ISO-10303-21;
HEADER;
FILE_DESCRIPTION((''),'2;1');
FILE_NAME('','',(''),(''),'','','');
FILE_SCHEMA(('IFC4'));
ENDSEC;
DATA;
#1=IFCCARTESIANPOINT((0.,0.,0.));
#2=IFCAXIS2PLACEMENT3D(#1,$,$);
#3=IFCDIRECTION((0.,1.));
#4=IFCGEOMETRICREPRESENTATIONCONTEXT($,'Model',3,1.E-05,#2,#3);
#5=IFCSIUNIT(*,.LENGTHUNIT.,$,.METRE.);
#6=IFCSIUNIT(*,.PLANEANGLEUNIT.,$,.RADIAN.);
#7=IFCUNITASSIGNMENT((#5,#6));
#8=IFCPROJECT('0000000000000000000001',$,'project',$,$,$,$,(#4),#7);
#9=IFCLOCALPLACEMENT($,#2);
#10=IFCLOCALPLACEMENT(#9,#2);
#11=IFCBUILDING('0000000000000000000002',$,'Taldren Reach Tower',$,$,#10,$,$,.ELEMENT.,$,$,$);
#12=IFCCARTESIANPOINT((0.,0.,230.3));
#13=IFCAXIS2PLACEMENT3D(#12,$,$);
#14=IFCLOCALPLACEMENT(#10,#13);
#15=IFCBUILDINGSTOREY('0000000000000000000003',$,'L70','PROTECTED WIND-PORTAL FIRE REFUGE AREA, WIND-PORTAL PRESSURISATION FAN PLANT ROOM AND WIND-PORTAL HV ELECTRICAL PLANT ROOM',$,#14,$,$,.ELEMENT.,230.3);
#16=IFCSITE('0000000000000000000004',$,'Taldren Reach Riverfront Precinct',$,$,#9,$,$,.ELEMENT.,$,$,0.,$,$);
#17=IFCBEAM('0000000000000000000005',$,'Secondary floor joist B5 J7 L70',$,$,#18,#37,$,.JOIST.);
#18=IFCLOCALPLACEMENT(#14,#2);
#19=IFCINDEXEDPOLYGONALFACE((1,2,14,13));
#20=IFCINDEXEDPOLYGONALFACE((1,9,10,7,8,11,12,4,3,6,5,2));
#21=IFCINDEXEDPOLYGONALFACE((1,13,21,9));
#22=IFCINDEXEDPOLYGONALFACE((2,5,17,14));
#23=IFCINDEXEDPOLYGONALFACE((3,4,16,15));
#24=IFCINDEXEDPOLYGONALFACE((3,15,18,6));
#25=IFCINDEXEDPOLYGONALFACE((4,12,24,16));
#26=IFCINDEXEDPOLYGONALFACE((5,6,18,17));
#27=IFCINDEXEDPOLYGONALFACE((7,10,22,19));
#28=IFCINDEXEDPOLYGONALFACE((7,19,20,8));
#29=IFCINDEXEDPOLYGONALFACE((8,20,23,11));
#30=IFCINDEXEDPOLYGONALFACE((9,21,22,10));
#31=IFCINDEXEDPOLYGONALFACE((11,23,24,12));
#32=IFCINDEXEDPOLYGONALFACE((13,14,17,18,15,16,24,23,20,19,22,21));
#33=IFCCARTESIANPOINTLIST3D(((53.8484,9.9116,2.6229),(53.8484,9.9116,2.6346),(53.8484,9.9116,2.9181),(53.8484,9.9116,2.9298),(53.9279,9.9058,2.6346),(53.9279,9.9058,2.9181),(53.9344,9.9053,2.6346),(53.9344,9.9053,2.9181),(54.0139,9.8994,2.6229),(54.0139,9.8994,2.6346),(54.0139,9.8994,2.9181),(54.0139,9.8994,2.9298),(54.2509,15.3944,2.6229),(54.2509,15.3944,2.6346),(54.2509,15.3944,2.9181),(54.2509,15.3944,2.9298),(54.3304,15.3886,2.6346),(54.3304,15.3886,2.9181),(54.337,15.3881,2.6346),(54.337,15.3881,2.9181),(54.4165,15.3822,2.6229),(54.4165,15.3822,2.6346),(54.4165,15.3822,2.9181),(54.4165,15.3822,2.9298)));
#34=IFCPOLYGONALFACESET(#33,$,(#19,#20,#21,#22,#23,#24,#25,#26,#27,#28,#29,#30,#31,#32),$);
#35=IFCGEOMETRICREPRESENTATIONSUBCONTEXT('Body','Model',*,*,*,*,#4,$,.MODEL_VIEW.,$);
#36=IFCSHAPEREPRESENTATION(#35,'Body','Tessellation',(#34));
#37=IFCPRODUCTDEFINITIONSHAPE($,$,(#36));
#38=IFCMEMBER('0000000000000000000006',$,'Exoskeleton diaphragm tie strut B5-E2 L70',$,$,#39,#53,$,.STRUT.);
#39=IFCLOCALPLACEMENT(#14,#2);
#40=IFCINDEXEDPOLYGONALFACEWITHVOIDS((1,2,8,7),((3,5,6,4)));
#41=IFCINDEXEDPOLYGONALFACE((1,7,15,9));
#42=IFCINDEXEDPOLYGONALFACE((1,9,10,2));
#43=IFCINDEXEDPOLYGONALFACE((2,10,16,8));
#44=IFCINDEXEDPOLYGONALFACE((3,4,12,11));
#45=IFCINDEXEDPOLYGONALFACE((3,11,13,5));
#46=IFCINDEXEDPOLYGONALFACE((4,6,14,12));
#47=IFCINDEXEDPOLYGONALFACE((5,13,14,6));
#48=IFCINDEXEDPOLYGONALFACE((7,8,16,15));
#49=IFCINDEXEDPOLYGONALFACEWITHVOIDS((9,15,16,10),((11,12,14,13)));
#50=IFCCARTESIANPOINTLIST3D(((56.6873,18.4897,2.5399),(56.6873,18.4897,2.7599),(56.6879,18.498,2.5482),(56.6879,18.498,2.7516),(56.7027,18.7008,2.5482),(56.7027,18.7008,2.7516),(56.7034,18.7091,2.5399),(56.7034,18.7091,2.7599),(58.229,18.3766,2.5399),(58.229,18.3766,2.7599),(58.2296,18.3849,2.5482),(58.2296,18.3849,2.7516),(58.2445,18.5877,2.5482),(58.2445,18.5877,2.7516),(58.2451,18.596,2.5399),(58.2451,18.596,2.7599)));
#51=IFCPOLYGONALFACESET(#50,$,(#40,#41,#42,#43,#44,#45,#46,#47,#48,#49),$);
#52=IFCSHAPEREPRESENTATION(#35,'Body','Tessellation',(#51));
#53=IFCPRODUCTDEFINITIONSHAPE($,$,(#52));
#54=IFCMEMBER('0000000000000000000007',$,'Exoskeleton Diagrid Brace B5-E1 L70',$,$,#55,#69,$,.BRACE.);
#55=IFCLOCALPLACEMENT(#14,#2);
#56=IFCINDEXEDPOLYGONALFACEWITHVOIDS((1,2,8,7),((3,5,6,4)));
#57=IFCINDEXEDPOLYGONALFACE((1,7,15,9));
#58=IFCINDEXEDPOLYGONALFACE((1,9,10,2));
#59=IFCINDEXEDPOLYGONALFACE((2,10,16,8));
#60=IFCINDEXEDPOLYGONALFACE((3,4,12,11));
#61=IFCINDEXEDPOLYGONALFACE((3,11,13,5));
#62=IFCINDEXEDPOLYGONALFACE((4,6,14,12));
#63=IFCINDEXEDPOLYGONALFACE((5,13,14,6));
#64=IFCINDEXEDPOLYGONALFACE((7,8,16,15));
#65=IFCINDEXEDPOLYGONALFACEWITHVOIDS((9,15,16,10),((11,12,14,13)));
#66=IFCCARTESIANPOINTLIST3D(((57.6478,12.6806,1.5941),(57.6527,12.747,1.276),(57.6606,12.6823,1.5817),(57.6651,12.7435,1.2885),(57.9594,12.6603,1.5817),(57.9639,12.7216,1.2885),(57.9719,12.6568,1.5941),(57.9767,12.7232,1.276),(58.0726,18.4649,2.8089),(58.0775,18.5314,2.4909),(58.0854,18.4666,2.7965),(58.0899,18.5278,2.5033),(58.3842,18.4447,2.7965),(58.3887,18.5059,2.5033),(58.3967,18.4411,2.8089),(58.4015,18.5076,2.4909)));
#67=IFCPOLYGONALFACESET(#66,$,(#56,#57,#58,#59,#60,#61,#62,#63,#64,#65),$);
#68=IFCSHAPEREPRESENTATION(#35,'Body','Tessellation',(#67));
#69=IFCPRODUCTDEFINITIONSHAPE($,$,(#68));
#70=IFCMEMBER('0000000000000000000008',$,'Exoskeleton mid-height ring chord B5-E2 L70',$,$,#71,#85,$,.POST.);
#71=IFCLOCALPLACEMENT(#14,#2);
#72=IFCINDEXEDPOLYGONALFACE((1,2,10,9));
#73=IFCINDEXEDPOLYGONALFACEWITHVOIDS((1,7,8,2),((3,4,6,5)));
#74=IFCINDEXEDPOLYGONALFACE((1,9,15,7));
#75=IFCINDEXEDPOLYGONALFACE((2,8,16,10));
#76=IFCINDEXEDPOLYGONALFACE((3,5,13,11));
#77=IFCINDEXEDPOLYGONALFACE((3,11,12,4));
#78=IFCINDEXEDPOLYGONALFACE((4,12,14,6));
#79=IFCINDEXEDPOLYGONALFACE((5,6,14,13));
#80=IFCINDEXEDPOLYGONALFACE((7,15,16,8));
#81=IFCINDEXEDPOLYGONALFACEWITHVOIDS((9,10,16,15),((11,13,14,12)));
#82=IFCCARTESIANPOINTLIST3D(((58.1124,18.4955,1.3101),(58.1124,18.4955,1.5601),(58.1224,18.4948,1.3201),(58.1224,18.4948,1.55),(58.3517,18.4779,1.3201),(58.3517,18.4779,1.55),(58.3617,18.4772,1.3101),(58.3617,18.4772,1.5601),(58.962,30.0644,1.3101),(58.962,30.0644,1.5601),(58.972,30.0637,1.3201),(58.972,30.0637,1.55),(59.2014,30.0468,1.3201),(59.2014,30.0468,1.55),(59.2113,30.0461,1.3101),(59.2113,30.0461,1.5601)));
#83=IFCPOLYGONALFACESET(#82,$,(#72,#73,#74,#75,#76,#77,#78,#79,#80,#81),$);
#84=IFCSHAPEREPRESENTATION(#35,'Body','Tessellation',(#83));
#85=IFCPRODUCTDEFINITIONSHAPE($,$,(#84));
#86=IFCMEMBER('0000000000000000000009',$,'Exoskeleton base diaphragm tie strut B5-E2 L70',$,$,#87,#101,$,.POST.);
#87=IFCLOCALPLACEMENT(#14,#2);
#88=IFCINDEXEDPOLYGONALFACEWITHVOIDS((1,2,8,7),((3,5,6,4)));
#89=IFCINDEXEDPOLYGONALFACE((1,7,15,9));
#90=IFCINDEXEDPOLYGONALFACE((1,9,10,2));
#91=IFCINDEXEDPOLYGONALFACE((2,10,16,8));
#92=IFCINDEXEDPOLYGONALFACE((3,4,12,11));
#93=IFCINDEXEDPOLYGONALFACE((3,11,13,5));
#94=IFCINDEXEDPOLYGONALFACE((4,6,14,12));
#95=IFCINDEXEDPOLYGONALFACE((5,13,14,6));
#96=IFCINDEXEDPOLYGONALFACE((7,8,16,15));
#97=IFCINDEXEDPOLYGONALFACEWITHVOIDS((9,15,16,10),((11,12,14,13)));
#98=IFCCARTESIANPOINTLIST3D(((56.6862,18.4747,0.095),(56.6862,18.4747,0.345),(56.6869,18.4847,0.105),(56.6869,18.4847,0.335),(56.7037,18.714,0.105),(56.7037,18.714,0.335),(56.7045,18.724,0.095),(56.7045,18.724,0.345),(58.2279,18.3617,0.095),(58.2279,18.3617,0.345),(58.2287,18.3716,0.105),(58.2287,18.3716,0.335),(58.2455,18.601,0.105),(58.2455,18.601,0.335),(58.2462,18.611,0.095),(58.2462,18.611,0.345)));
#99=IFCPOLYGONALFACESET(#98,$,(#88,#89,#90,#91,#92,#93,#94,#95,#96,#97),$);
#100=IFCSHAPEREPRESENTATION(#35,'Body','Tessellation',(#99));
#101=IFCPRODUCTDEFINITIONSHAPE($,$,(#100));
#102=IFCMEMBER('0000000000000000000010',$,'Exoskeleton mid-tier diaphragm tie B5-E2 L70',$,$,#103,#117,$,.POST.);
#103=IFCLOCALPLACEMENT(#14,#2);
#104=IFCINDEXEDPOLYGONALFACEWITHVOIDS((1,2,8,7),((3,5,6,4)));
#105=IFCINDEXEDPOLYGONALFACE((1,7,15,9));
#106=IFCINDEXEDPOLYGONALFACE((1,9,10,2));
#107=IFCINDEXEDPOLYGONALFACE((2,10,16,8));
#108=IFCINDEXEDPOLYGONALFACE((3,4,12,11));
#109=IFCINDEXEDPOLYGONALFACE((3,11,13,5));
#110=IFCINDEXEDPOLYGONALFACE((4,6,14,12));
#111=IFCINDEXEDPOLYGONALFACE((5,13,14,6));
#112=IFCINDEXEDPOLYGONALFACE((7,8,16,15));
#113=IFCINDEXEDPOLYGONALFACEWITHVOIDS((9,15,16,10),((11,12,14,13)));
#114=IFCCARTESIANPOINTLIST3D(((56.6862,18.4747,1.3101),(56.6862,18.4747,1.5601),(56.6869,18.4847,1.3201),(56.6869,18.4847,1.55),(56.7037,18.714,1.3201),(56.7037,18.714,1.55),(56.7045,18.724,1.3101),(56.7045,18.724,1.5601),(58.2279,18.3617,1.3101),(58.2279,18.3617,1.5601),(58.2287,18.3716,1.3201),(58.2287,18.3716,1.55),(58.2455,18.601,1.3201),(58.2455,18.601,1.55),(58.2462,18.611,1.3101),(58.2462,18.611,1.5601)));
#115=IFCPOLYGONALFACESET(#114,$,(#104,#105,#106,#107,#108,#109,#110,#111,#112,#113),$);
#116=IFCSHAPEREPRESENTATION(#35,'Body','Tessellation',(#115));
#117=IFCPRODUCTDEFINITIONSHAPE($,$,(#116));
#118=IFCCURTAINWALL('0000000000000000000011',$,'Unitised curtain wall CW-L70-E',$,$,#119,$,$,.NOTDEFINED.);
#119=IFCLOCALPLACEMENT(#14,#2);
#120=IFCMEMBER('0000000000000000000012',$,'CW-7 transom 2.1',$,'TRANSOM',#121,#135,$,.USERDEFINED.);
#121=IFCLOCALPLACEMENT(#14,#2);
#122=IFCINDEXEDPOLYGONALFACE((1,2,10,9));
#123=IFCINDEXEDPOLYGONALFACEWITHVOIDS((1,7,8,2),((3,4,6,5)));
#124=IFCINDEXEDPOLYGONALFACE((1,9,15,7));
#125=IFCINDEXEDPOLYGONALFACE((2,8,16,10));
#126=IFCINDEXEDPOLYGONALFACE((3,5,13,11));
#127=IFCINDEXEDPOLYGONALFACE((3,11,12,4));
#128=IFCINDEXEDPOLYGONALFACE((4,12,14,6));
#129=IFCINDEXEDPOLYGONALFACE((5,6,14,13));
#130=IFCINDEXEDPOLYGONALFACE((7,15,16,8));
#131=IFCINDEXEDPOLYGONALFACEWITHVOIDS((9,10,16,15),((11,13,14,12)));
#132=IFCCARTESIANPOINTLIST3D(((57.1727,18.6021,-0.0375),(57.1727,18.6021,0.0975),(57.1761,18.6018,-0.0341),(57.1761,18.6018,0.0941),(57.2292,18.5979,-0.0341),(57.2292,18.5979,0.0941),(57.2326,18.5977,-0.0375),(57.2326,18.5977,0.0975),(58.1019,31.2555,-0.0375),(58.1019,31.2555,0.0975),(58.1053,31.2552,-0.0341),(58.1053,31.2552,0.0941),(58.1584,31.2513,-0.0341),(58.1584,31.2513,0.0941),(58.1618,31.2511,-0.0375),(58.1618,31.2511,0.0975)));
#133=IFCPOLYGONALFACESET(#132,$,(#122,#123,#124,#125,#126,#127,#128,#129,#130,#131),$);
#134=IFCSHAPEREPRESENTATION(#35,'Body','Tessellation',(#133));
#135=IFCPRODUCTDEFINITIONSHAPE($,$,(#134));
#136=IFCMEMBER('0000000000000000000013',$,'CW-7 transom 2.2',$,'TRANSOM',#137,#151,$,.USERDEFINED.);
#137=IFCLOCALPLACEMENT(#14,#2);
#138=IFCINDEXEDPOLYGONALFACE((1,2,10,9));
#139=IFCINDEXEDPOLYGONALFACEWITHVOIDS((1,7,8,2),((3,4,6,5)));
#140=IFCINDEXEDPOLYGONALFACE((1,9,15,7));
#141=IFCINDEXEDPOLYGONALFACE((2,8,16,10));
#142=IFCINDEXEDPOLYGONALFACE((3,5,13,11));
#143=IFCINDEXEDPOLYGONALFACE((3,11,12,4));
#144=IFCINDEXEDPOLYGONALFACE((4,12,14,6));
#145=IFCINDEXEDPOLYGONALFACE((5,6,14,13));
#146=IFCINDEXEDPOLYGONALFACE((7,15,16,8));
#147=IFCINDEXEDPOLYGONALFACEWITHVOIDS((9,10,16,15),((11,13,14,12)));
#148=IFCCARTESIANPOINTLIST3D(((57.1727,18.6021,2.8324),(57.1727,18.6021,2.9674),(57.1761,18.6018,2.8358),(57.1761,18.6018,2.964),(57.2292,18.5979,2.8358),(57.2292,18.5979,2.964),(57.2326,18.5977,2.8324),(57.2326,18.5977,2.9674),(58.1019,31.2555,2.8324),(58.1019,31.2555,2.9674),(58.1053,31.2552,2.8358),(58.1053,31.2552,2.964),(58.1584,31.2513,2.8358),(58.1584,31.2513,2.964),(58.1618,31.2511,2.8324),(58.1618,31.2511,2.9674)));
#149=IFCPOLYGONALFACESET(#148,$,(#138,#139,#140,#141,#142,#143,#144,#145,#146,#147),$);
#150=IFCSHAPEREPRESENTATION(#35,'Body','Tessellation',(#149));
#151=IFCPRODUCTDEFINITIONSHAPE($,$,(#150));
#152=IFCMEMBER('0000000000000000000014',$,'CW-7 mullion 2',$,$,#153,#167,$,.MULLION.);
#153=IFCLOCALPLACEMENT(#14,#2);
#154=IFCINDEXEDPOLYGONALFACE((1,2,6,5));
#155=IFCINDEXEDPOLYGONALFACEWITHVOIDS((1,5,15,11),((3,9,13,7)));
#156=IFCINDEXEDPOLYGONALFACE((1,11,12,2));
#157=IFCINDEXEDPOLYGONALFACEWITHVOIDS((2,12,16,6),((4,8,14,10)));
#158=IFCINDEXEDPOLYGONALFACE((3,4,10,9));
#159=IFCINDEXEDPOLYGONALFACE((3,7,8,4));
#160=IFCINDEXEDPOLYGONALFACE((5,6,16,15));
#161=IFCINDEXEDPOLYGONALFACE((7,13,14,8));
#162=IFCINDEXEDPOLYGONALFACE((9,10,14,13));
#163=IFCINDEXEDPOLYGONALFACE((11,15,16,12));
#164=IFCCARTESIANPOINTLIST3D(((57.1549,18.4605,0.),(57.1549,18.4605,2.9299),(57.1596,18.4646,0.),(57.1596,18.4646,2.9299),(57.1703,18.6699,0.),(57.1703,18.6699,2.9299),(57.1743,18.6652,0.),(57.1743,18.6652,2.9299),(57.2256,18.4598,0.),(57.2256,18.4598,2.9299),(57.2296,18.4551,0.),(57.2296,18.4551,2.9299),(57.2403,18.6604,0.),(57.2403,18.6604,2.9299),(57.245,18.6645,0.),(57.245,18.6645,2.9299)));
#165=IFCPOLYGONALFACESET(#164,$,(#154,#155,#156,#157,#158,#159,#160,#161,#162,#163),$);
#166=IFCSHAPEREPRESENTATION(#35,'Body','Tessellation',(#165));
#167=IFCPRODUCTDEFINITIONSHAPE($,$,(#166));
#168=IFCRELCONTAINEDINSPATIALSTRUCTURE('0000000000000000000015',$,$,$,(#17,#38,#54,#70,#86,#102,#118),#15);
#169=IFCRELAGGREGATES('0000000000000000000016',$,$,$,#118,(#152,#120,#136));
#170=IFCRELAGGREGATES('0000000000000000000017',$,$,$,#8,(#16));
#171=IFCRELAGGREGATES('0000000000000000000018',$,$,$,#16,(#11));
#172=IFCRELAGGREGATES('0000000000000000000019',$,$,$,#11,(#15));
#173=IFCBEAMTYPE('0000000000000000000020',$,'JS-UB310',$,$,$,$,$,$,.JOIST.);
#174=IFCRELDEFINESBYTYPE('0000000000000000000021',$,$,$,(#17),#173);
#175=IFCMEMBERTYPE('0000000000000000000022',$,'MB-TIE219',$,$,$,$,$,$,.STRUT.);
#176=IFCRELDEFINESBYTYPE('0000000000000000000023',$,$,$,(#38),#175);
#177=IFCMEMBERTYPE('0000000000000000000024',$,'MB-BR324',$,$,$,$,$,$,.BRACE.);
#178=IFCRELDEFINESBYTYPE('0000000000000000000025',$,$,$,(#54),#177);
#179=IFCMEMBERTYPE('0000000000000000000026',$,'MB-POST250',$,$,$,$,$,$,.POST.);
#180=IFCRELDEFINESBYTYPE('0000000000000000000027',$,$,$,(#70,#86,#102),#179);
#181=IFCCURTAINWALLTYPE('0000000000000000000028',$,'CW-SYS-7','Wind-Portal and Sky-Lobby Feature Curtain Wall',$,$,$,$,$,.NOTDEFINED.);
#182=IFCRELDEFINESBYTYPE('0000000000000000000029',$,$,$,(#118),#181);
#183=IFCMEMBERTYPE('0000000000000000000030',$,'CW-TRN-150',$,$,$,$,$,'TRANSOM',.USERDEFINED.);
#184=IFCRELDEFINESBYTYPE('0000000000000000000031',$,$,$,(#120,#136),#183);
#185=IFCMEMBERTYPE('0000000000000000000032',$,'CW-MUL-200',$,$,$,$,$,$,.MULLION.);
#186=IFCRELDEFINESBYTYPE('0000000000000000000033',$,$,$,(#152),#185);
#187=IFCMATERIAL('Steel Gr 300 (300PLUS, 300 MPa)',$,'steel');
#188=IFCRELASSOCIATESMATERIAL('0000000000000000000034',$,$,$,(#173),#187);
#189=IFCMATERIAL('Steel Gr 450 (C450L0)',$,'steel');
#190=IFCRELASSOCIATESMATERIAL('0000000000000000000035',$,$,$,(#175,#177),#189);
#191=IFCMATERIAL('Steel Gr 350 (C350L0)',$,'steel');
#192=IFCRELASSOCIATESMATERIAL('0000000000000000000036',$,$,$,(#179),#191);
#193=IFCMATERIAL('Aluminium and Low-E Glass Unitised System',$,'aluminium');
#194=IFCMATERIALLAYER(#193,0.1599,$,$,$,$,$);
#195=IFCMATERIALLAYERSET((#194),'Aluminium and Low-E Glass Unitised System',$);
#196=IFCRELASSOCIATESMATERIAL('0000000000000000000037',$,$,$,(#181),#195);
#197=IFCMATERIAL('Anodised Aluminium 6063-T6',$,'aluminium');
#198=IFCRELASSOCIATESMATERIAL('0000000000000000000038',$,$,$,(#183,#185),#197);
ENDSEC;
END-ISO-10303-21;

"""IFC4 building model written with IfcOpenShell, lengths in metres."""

from ifc_helpers import new_model, si_unit, direction, frame, origin, origin_2d, place, context, subcontext, project, spatial, hollow_rectangle, i_section, extrude, source, transform, mapped, material, layer, layer_set, material_profile, profile_set, type_object, element, aggregate, save


model = new_model("IFC4")

# Units and contexts
model_context = context("Model", 3, precision=1e-05, world=origin(), true_north=direction((0.0, 1.0)))
body_context = subcontext(model_context, "Body", "Model", "MODEL_VIEW")
ifc_project = project(units=[si_unit("LENGTHUNIT", "METRE"), si_unit("PLANEANGLEUNIT", "RADIAN")], contexts=[model_context])

# Site, building, storey
site_placement = place(None, origin())
site = spatial("IfcSite", under=ifc_project, at=site_placement, Name="Taldren Reach Riverfront Precinct", CompositionType="ELEMENT", RefElevation=0.0)
building_placement = place(site_placement, origin())
building = spatial("IfcBuilding", under=site, at=building_placement, Name="Taldren Reach Tower", CompositionType="ELEMENT")
storey_placement = place(building_placement, frame((0.0, 0.0, 230.3)))
storey = spatial("IfcBuildingStorey", under=building, at=storey_placement, Name="L70", Description="PROTECTED WIND-PORTAL FIRE REFUGE AREA, WIND-PORTAL PRESSURISATION FAN PLANT ROOM AND WIND-PORTAL HV ELECTRICAL PLANT ROOM", CompositionType="ELEMENT", Elevation=230.3)

# Shared definitions
ifc_material_1 = material(Name="Steel Gr 450 (C450L0)", Category="steel")

# Beam
ifc_material_2 = material(Name="Steel Gr 300 (300PLUS, 300 MPa)", Category="steel")
ifc_material_profile_1 = material_profile(ifc_material_2, i_section(OverallWidth=0.166, OverallDepth=0.3069, WebThickness=0.0066, FlangeThickness=0.0117, at=origin_2d()), Name="310UB46.2")
ifc_profile_set_1 = profile_set([ifc_material_profile_1], Name="Steel Gr 300 (300PLUS, 300 MPa)")
beam_type_1 = type_object("IfcBeamType", Name="JS-UB310", PredefinedType="JOIST", material=ifc_profile_set_1)
shared_shape_1 = source(origin(), body_context, "Body", "SweptSolid", [
    extrude(i_section(OverallWidth=0.166, OverallDepth=0.3069, WebThickness=0.0066, FlangeThickness=0.0117, at=origin_2d()), origin(), (0.0, 0.0, 1.0), 5.4976),
])
beam_1_placement = place(storey_placement, frame((53.9312, 9.9055, 2.7764), z_axis=(0.073229, 0.997315, 0.0), x_axis=(-0.997315, 0.073229, 0.0)))
element("IfcBeam", 1, at=beam_1_placement, inside=storey, type_object=beam_type_1, Name="Secondary floor joist B5 J7 L70", PredefinedType="JOIST", context=body_context, shape_type="MappedRepresentation", body=[
    mapped(shared_shape_1, transform((0.0, 0.0, 0.0), scale=1.0)),
])

# Members
ifc_material_profile_2 = material_profile(ifc_material_1, hollow_rectangle(XDim=0.22, YDim=0.22, WallThickness=0.0083, at=origin_2d()), Name="220x220x8.2SHS")
ifc_profile_set_2 = profile_set([ifc_material_profile_2], Name="Steel Gr 450 (C450L0)")
member_type_1 = type_object("IfcMemberType", Name="MB-TIE219", PredefinedType="STRUT", material=ifc_profile_set_2)
shared_shape_2 = source(origin(), body_context, "Body", "SweptSolid", [
    extrude(hollow_rectangle(XDim=0.22, YDim=0.22, WallThickness=0.0083, at=origin_2d()), origin(), (0.0, 0.0, 1.0), 1.5459),
])
member_1_placement = place(storey_placement, frame((56.6953, 18.5994, 2.6499), z_axis=(0.997323, -0.073121, 0.0), x_axis=(0.073121, 0.997323, 0.0)))
element("IfcMember", 2, at=member_1_placement, inside=storey, type_object=member_type_1, Name="Exoskeleton diaphragm tie strut B5-E2 L70", PredefinedType="STRUT", context=body_context, shape_type="MappedRepresentation", body=[
    mapped(shared_shape_2, transform((0.0, 0.0, 0.0), scale=1.0)),
])
ifc_material_profile_3 = material_profile(ifc_material_1, hollow_rectangle(XDim=0.325, YDim=0.325, WallThickness=0.0127, at=origin_2d()), Name="325x325x12.7SHS")
ifc_profile_set_3 = profile_set([ifc_material_profile_3], Name="Steel Gr 450 (C450L0)")
member_type_2 = type_object("IfcMemberType", Name="MB-BR324", PredefinedType="BRACE", material=ifc_profile_set_3)
shared_shape_3 = source(origin(), body_context, "Body", "SweptSolid", [
    extrude(hollow_rectangle(XDim=0.325, YDim=0.325, WallThickness=0.0127, at=origin_2d()), origin(), (0.0, 0.0, 1.0), 5.9258),
])
member_2_placement = place(storey_placement, frame((57.8123, 12.7019, 1.4351), z_axis=(0.071687, 0.976132, 0.205007), x_axis=(-0.997314, 0.073242, 0.0)))
element("IfcMember", 3, at=member_2_placement, inside=storey, type_object=member_type_2, Name="Exoskeleton Diagrid Brace B5-E1 L70", PredefinedType="BRACE", context=body_context, shape_type="MappedRepresentation", body=[
    mapped(shared_shape_3, transform((0.0, 0.0, 0.0), scale=1.0)),
])
ifc_material_3 = material(Name="Steel Gr 350 (C350L0)", Category="steel")
ifc_material_profile_4 = material_profile(ifc_material_3, hollow_rectangle(XDim=0.25, YDim=0.25, WallThickness=0.01, at=origin_2d()), Name="250x250x10.0SHS")
ifc_profile_set_4 = profile_set([ifc_material_profile_4], Name="Steel Gr 350 (C350L0)")
member_type_3 = type_object("IfcMemberType", Name="MB-POST250", PredefinedType="POST", material=ifc_profile_set_4)
shared_shape_4 = source(origin(), body_context, "Body", "SweptSolid", [
    extrude(hollow_rectangle(XDim=0.25, YDim=0.25, WallThickness=0.01, at=origin_2d()), origin(), (0.0, 0.0, 1.0), 11.6001),
])
member_3_placement = place(storey_placement, frame((58.2371, 18.4863, 1.4351), z_axis=(0.073242, 0.997314, 0.0), x_axis=(-0.997314, 0.073242, 0.0)))
element("IfcMember", 4, at=member_3_placement, inside=storey, type_object=member_type_3, Name="Exoskeleton mid-height ring chord B5-E2 L70", PredefinedType="POST", context=body_context, shape_type="MappedRepresentation", body=[
    mapped(shared_shape_4, transform((0.0, 0.0, 0.0), scale=1.0)),
])
shared_shape_5 = source(origin(), body_context, "Body", "SweptSolid", [
    extrude(hollow_rectangle(XDim=0.25, YDim=0.25, WallThickness=0.01, at=origin_2d()), origin(), (0.0, 0.0, 1.0), 1.5459),
])
for number, where, z_axis, x_axis, name in (
    (5, (56.6953, 18.5994, 0.22), (0.997323, -0.073121, 0.0), (0.073121, 0.997323, 0.0), "Exoskeleton base diaphragm tie strut B5-E2 L70"),
    (6, (56.6953, 18.5994, 1.4351), (0.997323, -0.073121, 0.0), (0.073121, 0.997323, 0.0), "Exoskeleton mid-tier diaphragm tie B5-E2 L70"),
):
    element("IfcMember", number, at=place(storey_placement, frame(where, z_axis=z_axis, x_axis=x_axis)), inside=storey, type_object=member_type_3, Name=name, PredefinedType="POST", context=body_context, shape_type="MappedRepresentation", body=[
        mapped(shared_shape_5, transform((0.0, 0.0, 0.0), scale=1.0)),
    ])

# Curtain wall, members
ifc_material_4 = material(Name="Aluminium and Low-E Glass Unitised System", Category="aluminium")
ifc_layer_1 = layer(ifc_material_4, 0.1599)
ifc_layer_set_1 = layer_set([ifc_layer_1], Name="Aluminium and Low-E Glass Unitised System")
curtain_wall_type = type_object("IfcCurtainWallType", Name="CW-SYS-7", Description="Wind-Portal and Sky-Lobby Feature Curtain Wall", PredefinedType="NOTDEFINED", material=ifc_layer_set_1)
curtain_wall_placement = place(storey_placement, origin())
curtain_wall = element("IfcCurtainWall", 7, at=curtain_wall_placement, inside=storey, type_object=curtain_wall_type, Name="Unitised curtain wall CW-L70-E", PredefinedType="NOTDEFINED")
ifc_material_5 = material(Name="Anodised Aluminium 6063-T6", Category="aluminium")
ifc_material_profile_5 = material_profile(ifc_material_5, hollow_rectangle(XDim=0.0601, YDim=0.135, WallThickness=0.0034, at=origin_2d()), Name="ALU-135x60x3.5RHS")
ifc_profile_set_5 = profile_set([ifc_material_profile_5], Name="Anodised Aluminium 6063-T6")
member_type_4 = type_object("IfcMemberType", Name="CW-TRN-150", ElementType="TRANSOM", PredefinedType="USERDEFINED", material=ifc_profile_set_5)
shared_shape_6 = source(origin(), body_context, "Body", "SweptSolid", [
    extrude(hollow_rectangle(XDim=0.0601, YDim=0.135, WallThickness=0.0034, at=origin_2d()), origin(), (0.0, 0.0, 1.0), 12.6875),
])
member_4_placement = place(storey_placement, frame((57.2026, 18.5999, 0.03), z_axis=(0.073238, 0.997314, 0.0), x_axis=(-0.997314, 0.073238, 0.0)))
member_4 = element("IfcMember", 8, at=member_4_placement, type_object=member_type_4, Name="CW-7 transom 2.1", ObjectType="TRANSOM", PredefinedType="USERDEFINED", context=body_context, shape_type="MappedRepresentation", body=[
    mapped(shared_shape_6, transform((0.0, 0.0, 0.0), scale=1.0)),
])
member_5_placement = place(storey_placement, frame((57.2026, 18.5999, 2.8999), z_axis=(0.073238, 0.997314, 0.0), x_axis=(-0.997314, 0.073238, 0.0)))
member_5 = element("IfcMember", 9, at=member_5_placement, type_object=member_type_4, Name="CW-7 transom 2.2", ObjectType="TRANSOM", PredefinedType="USERDEFINED", context=body_context, shape_type="MappedRepresentation", body=[
    mapped(shared_shape_6, transform((0.0, 0.0, 0.0), scale=1.0)),
])
ifc_material_profile_6 = material_profile(ifc_material_5, hollow_rectangle(XDim=0.075, YDim=0.21, WallThickness=0.0044, at=origin_2d()), Name="ALU-210x75x4.5RHS")
ifc_profile_set_6 = profile_set([ifc_material_profile_6], Name="Anodised Aluminium 6063-T6")
member_type_5 = type_object("IfcMemberType", Name="CW-MUL-200", PredefinedType="MULLION", material=ifc_profile_set_6)
shared_shape_7 = source(origin(), body_context, "Body", "SweptSolid", [
    extrude(hollow_rectangle(XDim=0.075, YDim=0.21, WallThickness=0.0044, at=origin_2d()), origin(), (0.0, 0.0, 1.0), 2.9299),
])
member_6_placement = place(storey_placement, frame((57.2, 18.5625, 0.0), z_axis=(0.0, 0.0, 1.0), x_axis=(-0.997314, 0.073238, 0.0)))
member_6 = element("IfcMember", 10, at=member_6_placement, type_object=member_type_5, Name="CW-7 mullion 2", PredefinedType="MULLION", context=body_context, shape_type="MappedRepresentation", body=[
    mapped(shared_shape_7, transform((0.0, 0.0, 0.0), scale=1.0)),
])

aggregate(curtain_wall, [member_6, member_4, member_5])

save(model, "model.ifc")
